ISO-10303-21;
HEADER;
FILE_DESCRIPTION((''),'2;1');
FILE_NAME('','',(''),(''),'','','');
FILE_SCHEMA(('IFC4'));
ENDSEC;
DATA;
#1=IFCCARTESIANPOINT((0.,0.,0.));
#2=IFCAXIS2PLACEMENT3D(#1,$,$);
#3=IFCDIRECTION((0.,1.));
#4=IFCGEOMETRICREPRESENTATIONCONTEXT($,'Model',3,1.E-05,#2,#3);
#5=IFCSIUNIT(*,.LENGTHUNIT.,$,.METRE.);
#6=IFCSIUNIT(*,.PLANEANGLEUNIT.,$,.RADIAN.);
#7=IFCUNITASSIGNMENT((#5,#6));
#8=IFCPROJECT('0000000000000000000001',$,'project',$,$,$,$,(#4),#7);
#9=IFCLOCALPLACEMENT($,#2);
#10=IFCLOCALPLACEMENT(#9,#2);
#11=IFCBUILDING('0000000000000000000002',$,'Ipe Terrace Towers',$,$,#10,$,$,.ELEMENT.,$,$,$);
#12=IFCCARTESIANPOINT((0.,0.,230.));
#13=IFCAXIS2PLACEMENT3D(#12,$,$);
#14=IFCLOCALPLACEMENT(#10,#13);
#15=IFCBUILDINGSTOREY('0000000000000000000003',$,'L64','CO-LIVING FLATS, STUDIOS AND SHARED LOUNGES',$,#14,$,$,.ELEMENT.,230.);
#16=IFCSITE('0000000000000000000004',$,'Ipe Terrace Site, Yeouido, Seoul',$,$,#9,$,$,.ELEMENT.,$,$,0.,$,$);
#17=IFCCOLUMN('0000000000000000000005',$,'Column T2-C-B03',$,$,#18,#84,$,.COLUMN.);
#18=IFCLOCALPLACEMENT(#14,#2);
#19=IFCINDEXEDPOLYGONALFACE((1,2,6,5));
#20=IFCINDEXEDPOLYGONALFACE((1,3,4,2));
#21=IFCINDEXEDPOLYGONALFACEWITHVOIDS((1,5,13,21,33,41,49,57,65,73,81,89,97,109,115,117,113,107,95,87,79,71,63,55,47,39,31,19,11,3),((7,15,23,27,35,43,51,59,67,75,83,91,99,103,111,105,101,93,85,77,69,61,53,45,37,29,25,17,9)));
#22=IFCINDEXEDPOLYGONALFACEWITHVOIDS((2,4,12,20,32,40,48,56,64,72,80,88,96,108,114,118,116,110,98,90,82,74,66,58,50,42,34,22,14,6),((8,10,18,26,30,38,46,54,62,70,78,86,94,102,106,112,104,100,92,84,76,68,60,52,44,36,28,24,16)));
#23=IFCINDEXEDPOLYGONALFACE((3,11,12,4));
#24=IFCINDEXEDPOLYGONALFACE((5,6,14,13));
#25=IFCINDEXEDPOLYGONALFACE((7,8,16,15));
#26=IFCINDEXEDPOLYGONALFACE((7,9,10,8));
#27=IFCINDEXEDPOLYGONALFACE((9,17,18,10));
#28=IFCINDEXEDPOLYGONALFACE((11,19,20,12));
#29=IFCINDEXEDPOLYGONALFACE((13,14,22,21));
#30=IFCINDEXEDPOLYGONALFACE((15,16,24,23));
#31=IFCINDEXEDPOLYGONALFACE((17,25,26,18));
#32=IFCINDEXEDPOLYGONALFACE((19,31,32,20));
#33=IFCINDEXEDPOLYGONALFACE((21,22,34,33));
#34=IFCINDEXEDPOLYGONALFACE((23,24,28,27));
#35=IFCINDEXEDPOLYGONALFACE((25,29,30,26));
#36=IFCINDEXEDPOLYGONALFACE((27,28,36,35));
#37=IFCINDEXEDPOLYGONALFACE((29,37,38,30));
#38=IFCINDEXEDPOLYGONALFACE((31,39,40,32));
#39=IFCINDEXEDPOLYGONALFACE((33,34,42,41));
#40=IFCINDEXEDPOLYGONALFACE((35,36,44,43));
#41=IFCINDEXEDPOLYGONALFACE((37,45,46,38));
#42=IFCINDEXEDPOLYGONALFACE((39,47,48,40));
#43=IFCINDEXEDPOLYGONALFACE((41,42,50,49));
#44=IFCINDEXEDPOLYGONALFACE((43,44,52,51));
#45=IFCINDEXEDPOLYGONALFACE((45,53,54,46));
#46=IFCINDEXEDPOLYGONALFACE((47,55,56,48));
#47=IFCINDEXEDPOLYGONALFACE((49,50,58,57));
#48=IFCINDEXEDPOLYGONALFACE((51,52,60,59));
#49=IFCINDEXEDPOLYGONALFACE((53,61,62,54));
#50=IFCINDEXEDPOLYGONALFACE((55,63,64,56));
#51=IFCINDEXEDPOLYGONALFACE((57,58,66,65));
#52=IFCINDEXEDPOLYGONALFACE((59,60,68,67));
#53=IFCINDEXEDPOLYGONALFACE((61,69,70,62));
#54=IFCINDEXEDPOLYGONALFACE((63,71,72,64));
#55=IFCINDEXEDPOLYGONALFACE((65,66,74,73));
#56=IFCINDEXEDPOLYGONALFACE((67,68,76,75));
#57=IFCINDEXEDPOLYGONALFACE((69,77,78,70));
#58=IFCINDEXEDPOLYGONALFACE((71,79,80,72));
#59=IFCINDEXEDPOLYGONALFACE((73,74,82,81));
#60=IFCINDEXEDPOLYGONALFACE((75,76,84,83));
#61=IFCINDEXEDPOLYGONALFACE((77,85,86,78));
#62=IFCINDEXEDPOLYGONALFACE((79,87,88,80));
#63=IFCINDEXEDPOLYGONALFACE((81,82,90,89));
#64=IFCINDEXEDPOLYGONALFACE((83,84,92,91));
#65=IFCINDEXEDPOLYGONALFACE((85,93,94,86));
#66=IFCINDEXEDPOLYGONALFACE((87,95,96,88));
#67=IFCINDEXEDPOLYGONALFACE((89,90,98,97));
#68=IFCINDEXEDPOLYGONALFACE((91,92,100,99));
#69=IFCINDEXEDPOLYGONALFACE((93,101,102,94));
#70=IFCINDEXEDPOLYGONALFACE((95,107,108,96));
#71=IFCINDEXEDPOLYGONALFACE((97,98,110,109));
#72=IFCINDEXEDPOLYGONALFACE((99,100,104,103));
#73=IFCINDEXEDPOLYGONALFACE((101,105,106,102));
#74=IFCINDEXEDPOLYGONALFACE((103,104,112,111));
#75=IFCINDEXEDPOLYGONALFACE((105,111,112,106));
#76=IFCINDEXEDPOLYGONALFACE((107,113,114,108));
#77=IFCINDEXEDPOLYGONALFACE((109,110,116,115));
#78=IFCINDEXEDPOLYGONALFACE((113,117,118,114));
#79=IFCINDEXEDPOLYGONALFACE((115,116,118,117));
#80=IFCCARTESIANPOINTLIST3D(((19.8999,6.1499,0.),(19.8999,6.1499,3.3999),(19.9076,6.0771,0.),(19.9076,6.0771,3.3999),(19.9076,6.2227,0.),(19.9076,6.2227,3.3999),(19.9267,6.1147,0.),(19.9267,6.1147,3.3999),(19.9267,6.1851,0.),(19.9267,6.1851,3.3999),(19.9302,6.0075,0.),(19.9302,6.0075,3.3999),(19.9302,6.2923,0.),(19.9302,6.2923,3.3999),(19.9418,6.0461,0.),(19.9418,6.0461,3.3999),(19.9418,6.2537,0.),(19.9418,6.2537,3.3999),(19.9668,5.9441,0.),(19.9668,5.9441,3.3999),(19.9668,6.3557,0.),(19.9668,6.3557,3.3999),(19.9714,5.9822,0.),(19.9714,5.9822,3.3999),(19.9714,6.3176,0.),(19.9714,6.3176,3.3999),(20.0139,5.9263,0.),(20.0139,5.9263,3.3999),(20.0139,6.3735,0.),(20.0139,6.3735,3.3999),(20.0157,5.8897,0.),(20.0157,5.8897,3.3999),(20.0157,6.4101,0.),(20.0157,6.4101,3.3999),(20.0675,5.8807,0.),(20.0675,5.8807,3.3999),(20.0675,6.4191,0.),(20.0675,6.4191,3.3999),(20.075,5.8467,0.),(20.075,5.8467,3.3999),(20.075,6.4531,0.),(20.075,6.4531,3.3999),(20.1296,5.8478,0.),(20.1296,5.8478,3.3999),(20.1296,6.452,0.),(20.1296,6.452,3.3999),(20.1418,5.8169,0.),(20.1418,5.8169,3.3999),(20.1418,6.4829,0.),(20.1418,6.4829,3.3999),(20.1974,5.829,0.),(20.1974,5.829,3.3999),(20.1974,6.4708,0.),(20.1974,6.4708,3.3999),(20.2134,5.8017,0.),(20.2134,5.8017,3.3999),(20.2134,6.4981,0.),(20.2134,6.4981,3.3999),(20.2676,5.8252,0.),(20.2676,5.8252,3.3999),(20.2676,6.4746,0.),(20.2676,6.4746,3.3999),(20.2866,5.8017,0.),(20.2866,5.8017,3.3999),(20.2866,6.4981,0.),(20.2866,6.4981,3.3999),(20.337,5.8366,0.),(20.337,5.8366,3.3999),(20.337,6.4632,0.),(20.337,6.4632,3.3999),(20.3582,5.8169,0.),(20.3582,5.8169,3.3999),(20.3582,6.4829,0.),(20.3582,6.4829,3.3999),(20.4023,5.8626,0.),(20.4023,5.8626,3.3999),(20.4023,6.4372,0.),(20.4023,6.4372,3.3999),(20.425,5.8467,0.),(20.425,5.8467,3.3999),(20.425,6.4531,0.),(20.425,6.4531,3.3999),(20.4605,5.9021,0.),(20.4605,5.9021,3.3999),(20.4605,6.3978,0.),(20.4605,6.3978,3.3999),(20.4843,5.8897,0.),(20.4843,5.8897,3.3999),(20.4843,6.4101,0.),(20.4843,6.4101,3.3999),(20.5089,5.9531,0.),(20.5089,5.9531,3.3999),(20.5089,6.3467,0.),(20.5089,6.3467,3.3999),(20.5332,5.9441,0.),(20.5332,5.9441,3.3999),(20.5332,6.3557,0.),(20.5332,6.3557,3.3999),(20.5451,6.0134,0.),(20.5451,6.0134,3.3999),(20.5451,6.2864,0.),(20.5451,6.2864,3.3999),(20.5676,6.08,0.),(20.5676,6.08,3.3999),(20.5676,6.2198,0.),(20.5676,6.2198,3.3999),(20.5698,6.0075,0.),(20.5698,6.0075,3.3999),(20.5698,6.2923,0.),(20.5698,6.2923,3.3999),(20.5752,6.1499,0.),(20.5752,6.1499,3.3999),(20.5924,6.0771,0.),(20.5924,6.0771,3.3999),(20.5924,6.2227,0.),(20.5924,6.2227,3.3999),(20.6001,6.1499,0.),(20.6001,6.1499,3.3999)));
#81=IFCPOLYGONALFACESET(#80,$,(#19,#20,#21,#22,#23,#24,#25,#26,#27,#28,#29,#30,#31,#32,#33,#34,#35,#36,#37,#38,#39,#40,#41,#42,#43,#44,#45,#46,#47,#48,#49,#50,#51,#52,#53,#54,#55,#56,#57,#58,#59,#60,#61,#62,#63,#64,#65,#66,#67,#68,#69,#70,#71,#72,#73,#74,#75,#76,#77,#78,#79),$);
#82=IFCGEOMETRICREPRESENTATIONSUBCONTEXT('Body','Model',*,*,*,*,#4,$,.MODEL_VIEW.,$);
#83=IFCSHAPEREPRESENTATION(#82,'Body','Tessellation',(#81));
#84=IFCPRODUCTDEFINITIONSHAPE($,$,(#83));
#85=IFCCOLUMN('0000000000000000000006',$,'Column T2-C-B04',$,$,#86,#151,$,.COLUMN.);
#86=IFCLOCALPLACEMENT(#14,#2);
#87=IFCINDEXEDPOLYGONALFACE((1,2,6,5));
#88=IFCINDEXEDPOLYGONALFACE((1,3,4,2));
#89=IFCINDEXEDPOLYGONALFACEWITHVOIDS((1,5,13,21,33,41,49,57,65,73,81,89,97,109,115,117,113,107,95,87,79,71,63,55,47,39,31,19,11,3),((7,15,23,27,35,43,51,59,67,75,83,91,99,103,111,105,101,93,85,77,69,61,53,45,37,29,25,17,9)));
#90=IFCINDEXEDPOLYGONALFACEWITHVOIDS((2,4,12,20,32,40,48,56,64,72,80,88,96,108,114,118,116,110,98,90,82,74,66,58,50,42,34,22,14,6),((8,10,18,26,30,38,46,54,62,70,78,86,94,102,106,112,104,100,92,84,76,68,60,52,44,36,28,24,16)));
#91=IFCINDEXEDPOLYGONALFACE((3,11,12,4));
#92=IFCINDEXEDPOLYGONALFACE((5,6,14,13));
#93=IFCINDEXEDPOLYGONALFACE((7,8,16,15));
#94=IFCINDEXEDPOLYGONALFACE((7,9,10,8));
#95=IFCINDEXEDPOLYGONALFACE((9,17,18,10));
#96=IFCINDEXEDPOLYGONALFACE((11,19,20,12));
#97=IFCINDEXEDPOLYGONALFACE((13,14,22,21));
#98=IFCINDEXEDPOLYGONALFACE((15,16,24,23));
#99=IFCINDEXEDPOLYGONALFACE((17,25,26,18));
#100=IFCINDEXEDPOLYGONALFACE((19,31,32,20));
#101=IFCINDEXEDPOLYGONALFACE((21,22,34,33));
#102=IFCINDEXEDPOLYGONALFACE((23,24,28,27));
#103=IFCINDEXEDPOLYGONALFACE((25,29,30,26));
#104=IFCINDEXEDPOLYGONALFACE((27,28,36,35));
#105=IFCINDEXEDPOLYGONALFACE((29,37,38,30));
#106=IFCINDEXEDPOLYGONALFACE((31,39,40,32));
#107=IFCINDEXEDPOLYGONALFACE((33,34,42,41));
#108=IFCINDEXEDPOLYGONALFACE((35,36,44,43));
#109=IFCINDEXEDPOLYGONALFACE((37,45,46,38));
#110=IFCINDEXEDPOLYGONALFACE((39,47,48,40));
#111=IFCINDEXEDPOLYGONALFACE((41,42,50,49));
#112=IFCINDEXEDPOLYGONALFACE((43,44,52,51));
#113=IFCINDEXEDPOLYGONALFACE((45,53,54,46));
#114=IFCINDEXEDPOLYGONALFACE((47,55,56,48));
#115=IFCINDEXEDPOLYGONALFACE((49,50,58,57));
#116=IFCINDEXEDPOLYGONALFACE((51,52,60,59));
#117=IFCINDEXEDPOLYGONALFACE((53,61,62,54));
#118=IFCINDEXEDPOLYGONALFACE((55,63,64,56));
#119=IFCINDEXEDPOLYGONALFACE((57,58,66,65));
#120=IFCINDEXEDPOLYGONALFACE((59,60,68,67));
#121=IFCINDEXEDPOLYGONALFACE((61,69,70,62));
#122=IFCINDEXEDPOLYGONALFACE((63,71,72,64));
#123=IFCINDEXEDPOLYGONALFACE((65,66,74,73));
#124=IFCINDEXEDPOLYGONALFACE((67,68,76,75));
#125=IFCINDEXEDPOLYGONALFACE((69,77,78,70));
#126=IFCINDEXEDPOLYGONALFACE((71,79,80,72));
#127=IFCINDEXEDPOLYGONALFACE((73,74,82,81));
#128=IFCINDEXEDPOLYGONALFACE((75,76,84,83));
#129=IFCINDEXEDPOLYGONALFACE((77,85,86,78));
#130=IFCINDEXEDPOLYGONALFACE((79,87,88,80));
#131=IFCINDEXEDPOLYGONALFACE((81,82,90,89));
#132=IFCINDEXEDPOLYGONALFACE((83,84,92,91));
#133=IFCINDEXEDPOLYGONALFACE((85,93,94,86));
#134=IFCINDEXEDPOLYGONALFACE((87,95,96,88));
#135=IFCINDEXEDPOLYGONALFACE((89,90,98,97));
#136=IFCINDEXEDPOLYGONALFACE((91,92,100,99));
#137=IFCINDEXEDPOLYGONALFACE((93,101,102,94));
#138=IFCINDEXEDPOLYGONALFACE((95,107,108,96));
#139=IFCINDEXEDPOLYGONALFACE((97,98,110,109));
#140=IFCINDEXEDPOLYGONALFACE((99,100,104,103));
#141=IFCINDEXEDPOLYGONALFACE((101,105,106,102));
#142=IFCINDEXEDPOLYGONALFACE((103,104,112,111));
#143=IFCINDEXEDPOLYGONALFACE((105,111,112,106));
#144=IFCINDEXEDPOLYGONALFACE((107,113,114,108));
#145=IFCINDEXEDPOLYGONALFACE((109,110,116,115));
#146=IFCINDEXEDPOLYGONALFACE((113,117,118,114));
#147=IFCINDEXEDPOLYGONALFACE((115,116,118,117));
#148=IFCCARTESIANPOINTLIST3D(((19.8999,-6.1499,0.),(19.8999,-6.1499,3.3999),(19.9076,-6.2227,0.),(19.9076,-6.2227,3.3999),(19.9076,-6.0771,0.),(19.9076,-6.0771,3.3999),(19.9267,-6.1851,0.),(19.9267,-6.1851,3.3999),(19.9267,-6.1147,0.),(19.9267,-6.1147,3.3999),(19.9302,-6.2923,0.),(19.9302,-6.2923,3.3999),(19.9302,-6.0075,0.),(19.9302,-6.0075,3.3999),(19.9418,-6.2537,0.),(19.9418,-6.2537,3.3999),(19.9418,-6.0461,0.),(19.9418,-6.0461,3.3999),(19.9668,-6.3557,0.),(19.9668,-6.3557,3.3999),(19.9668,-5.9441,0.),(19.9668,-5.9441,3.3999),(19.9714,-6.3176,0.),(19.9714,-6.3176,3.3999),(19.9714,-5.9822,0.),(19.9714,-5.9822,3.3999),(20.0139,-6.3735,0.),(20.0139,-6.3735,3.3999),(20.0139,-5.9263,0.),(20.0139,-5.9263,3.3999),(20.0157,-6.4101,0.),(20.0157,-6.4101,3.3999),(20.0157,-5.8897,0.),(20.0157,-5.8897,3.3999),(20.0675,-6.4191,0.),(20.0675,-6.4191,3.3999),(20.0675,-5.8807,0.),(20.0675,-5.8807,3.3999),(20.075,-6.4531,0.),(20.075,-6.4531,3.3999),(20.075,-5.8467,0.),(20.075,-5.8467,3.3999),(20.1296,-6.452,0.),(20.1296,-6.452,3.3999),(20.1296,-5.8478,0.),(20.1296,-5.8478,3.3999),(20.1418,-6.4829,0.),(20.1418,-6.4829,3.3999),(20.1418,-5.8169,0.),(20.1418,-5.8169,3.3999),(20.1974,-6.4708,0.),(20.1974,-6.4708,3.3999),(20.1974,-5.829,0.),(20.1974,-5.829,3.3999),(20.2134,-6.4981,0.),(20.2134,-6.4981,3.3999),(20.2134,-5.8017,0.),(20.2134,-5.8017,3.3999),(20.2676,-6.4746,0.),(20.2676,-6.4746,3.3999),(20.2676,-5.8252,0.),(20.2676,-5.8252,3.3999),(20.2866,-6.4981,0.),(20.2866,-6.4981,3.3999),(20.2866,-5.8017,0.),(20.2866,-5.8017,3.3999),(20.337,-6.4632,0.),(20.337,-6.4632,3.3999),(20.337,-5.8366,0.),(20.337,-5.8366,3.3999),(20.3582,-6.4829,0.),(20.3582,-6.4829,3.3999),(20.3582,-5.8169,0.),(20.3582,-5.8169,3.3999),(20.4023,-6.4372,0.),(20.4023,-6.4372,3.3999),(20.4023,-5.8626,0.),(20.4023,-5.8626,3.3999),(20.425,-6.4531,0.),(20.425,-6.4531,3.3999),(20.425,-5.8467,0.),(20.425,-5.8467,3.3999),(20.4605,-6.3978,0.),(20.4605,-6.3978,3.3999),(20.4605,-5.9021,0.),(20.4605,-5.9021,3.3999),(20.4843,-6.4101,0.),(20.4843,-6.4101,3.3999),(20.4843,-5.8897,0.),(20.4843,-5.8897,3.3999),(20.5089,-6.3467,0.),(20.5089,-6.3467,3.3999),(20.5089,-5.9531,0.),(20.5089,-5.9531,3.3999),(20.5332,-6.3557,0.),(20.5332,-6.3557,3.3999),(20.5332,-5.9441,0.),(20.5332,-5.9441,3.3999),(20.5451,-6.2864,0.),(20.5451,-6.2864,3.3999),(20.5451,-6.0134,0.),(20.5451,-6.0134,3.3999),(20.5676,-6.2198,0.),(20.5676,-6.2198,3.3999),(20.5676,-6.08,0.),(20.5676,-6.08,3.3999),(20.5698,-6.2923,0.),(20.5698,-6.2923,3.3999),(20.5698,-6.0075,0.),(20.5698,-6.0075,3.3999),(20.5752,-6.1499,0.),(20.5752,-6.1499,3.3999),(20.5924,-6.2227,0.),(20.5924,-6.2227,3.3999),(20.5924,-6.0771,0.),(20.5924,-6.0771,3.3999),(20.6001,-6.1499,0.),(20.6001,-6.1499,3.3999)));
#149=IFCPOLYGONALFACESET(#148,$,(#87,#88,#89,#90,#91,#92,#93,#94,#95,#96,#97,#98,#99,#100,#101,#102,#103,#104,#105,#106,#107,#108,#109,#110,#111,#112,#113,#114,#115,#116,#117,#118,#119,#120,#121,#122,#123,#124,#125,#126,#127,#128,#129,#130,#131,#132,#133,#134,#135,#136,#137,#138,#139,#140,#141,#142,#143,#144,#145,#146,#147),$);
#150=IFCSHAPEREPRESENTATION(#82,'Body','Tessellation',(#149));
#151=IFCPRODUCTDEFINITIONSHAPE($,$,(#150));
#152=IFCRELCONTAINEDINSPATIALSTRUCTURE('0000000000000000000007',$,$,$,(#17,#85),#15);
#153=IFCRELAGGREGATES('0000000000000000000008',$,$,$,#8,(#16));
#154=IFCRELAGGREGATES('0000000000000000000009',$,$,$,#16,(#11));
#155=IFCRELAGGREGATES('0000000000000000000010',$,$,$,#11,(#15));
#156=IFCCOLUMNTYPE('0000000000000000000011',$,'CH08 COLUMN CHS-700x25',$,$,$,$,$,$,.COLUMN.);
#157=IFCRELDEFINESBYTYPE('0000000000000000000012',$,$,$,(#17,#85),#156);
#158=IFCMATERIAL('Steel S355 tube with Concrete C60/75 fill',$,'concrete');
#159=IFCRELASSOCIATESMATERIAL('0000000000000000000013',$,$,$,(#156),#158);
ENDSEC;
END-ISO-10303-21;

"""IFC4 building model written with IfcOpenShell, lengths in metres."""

from ifc_helpers import new_model, si_unit, direction, frame, origin, origin_2d, place, context, subcontext, project, spatial, hollow_circle, extrude, material, material_profile, profile_set, type_object, element, save


model = new_model("IFC4")

# Units and contexts
model_context = context("Model", 3, precision=1e-05, world=origin(), true_north=direction((0.0, 1.0)))
body_context = subcontext(model_context, "Body", "Model", "MODEL_VIEW")
ifc_project = project(units=[si_unit("LENGTHUNIT", "METRE"), si_unit("PLANEANGLEUNIT", "RADIAN")], contexts=[model_context])

# Site, building, storey
site_placement = place(None, origin())
site = spatial("IfcSite", under=ifc_project, at=site_placement, Name="Ipe Terrace Site, Yeouido, Seoul", CompositionType="ELEMENT", RefElevation=0.0)
building_placement = place(site_placement, origin())
building = spatial("IfcBuilding", under=site, at=building_placement, Name="Ipe Terrace Towers", CompositionType="ELEMENT")
storey_placement = place(building_placement, frame((0.0, 0.0, 230.0)))
storey = spatial("IfcBuildingStorey", under=building, at=storey_placement, Name="L64", Description="CO-LIVING FLATS, STUDIOS AND SHARED LOUNGES", CompositionType="ELEMENT", Elevation=230.0)

# Columns
ifc_material_1 = material(Name="Steel S355 tube with Concrete C60/75 fill", Category="concrete")
ifc_material_profile_1 = material_profile(ifc_material_1, hollow_circle(Radius=0.3501, WallThickness=0.0249, at=origin_2d()), Name="CHS-700x25")
ifc_profile_set_1 = profile_set([ifc_material_profile_1], Name="Steel S355 tube with Concrete C60/75 fill")
column_type = type_object("IfcColumnType", Name="CH08 COLUMN CHS-700x25", PredefinedType="COLUMN", material=ifc_profile_set_1)
for number, where, z_axis, x_axis, name in (
    (1, (20.25, 6.1499, 0.0), (0.0, 0.0, 1.0), (1.0, 0.0, 0.0), "Column T2-C-B03"),
    (2, (20.25, -6.1499, 0.0), (0.0, 0.0, 1.0), (1.0, 0.0, 0.0), "Column T2-C-B04"),
):
    element("IfcColumn", number, at=place(storey_placement, frame(where, z_axis=z_axis, x_axis=x_axis)), inside=storey, type_object=column_type, Name=name, PredefinedType="COLUMN", context=body_context, shape_type="SweptSolid", body=[
        extrude(hollow_circle(Radius=0.3501, WallThickness=0.0249, at=origin_2d()), origin(), (0.0, 0.0, 1.0), 3.3999),
    ])

save(model, "model.ifc")
